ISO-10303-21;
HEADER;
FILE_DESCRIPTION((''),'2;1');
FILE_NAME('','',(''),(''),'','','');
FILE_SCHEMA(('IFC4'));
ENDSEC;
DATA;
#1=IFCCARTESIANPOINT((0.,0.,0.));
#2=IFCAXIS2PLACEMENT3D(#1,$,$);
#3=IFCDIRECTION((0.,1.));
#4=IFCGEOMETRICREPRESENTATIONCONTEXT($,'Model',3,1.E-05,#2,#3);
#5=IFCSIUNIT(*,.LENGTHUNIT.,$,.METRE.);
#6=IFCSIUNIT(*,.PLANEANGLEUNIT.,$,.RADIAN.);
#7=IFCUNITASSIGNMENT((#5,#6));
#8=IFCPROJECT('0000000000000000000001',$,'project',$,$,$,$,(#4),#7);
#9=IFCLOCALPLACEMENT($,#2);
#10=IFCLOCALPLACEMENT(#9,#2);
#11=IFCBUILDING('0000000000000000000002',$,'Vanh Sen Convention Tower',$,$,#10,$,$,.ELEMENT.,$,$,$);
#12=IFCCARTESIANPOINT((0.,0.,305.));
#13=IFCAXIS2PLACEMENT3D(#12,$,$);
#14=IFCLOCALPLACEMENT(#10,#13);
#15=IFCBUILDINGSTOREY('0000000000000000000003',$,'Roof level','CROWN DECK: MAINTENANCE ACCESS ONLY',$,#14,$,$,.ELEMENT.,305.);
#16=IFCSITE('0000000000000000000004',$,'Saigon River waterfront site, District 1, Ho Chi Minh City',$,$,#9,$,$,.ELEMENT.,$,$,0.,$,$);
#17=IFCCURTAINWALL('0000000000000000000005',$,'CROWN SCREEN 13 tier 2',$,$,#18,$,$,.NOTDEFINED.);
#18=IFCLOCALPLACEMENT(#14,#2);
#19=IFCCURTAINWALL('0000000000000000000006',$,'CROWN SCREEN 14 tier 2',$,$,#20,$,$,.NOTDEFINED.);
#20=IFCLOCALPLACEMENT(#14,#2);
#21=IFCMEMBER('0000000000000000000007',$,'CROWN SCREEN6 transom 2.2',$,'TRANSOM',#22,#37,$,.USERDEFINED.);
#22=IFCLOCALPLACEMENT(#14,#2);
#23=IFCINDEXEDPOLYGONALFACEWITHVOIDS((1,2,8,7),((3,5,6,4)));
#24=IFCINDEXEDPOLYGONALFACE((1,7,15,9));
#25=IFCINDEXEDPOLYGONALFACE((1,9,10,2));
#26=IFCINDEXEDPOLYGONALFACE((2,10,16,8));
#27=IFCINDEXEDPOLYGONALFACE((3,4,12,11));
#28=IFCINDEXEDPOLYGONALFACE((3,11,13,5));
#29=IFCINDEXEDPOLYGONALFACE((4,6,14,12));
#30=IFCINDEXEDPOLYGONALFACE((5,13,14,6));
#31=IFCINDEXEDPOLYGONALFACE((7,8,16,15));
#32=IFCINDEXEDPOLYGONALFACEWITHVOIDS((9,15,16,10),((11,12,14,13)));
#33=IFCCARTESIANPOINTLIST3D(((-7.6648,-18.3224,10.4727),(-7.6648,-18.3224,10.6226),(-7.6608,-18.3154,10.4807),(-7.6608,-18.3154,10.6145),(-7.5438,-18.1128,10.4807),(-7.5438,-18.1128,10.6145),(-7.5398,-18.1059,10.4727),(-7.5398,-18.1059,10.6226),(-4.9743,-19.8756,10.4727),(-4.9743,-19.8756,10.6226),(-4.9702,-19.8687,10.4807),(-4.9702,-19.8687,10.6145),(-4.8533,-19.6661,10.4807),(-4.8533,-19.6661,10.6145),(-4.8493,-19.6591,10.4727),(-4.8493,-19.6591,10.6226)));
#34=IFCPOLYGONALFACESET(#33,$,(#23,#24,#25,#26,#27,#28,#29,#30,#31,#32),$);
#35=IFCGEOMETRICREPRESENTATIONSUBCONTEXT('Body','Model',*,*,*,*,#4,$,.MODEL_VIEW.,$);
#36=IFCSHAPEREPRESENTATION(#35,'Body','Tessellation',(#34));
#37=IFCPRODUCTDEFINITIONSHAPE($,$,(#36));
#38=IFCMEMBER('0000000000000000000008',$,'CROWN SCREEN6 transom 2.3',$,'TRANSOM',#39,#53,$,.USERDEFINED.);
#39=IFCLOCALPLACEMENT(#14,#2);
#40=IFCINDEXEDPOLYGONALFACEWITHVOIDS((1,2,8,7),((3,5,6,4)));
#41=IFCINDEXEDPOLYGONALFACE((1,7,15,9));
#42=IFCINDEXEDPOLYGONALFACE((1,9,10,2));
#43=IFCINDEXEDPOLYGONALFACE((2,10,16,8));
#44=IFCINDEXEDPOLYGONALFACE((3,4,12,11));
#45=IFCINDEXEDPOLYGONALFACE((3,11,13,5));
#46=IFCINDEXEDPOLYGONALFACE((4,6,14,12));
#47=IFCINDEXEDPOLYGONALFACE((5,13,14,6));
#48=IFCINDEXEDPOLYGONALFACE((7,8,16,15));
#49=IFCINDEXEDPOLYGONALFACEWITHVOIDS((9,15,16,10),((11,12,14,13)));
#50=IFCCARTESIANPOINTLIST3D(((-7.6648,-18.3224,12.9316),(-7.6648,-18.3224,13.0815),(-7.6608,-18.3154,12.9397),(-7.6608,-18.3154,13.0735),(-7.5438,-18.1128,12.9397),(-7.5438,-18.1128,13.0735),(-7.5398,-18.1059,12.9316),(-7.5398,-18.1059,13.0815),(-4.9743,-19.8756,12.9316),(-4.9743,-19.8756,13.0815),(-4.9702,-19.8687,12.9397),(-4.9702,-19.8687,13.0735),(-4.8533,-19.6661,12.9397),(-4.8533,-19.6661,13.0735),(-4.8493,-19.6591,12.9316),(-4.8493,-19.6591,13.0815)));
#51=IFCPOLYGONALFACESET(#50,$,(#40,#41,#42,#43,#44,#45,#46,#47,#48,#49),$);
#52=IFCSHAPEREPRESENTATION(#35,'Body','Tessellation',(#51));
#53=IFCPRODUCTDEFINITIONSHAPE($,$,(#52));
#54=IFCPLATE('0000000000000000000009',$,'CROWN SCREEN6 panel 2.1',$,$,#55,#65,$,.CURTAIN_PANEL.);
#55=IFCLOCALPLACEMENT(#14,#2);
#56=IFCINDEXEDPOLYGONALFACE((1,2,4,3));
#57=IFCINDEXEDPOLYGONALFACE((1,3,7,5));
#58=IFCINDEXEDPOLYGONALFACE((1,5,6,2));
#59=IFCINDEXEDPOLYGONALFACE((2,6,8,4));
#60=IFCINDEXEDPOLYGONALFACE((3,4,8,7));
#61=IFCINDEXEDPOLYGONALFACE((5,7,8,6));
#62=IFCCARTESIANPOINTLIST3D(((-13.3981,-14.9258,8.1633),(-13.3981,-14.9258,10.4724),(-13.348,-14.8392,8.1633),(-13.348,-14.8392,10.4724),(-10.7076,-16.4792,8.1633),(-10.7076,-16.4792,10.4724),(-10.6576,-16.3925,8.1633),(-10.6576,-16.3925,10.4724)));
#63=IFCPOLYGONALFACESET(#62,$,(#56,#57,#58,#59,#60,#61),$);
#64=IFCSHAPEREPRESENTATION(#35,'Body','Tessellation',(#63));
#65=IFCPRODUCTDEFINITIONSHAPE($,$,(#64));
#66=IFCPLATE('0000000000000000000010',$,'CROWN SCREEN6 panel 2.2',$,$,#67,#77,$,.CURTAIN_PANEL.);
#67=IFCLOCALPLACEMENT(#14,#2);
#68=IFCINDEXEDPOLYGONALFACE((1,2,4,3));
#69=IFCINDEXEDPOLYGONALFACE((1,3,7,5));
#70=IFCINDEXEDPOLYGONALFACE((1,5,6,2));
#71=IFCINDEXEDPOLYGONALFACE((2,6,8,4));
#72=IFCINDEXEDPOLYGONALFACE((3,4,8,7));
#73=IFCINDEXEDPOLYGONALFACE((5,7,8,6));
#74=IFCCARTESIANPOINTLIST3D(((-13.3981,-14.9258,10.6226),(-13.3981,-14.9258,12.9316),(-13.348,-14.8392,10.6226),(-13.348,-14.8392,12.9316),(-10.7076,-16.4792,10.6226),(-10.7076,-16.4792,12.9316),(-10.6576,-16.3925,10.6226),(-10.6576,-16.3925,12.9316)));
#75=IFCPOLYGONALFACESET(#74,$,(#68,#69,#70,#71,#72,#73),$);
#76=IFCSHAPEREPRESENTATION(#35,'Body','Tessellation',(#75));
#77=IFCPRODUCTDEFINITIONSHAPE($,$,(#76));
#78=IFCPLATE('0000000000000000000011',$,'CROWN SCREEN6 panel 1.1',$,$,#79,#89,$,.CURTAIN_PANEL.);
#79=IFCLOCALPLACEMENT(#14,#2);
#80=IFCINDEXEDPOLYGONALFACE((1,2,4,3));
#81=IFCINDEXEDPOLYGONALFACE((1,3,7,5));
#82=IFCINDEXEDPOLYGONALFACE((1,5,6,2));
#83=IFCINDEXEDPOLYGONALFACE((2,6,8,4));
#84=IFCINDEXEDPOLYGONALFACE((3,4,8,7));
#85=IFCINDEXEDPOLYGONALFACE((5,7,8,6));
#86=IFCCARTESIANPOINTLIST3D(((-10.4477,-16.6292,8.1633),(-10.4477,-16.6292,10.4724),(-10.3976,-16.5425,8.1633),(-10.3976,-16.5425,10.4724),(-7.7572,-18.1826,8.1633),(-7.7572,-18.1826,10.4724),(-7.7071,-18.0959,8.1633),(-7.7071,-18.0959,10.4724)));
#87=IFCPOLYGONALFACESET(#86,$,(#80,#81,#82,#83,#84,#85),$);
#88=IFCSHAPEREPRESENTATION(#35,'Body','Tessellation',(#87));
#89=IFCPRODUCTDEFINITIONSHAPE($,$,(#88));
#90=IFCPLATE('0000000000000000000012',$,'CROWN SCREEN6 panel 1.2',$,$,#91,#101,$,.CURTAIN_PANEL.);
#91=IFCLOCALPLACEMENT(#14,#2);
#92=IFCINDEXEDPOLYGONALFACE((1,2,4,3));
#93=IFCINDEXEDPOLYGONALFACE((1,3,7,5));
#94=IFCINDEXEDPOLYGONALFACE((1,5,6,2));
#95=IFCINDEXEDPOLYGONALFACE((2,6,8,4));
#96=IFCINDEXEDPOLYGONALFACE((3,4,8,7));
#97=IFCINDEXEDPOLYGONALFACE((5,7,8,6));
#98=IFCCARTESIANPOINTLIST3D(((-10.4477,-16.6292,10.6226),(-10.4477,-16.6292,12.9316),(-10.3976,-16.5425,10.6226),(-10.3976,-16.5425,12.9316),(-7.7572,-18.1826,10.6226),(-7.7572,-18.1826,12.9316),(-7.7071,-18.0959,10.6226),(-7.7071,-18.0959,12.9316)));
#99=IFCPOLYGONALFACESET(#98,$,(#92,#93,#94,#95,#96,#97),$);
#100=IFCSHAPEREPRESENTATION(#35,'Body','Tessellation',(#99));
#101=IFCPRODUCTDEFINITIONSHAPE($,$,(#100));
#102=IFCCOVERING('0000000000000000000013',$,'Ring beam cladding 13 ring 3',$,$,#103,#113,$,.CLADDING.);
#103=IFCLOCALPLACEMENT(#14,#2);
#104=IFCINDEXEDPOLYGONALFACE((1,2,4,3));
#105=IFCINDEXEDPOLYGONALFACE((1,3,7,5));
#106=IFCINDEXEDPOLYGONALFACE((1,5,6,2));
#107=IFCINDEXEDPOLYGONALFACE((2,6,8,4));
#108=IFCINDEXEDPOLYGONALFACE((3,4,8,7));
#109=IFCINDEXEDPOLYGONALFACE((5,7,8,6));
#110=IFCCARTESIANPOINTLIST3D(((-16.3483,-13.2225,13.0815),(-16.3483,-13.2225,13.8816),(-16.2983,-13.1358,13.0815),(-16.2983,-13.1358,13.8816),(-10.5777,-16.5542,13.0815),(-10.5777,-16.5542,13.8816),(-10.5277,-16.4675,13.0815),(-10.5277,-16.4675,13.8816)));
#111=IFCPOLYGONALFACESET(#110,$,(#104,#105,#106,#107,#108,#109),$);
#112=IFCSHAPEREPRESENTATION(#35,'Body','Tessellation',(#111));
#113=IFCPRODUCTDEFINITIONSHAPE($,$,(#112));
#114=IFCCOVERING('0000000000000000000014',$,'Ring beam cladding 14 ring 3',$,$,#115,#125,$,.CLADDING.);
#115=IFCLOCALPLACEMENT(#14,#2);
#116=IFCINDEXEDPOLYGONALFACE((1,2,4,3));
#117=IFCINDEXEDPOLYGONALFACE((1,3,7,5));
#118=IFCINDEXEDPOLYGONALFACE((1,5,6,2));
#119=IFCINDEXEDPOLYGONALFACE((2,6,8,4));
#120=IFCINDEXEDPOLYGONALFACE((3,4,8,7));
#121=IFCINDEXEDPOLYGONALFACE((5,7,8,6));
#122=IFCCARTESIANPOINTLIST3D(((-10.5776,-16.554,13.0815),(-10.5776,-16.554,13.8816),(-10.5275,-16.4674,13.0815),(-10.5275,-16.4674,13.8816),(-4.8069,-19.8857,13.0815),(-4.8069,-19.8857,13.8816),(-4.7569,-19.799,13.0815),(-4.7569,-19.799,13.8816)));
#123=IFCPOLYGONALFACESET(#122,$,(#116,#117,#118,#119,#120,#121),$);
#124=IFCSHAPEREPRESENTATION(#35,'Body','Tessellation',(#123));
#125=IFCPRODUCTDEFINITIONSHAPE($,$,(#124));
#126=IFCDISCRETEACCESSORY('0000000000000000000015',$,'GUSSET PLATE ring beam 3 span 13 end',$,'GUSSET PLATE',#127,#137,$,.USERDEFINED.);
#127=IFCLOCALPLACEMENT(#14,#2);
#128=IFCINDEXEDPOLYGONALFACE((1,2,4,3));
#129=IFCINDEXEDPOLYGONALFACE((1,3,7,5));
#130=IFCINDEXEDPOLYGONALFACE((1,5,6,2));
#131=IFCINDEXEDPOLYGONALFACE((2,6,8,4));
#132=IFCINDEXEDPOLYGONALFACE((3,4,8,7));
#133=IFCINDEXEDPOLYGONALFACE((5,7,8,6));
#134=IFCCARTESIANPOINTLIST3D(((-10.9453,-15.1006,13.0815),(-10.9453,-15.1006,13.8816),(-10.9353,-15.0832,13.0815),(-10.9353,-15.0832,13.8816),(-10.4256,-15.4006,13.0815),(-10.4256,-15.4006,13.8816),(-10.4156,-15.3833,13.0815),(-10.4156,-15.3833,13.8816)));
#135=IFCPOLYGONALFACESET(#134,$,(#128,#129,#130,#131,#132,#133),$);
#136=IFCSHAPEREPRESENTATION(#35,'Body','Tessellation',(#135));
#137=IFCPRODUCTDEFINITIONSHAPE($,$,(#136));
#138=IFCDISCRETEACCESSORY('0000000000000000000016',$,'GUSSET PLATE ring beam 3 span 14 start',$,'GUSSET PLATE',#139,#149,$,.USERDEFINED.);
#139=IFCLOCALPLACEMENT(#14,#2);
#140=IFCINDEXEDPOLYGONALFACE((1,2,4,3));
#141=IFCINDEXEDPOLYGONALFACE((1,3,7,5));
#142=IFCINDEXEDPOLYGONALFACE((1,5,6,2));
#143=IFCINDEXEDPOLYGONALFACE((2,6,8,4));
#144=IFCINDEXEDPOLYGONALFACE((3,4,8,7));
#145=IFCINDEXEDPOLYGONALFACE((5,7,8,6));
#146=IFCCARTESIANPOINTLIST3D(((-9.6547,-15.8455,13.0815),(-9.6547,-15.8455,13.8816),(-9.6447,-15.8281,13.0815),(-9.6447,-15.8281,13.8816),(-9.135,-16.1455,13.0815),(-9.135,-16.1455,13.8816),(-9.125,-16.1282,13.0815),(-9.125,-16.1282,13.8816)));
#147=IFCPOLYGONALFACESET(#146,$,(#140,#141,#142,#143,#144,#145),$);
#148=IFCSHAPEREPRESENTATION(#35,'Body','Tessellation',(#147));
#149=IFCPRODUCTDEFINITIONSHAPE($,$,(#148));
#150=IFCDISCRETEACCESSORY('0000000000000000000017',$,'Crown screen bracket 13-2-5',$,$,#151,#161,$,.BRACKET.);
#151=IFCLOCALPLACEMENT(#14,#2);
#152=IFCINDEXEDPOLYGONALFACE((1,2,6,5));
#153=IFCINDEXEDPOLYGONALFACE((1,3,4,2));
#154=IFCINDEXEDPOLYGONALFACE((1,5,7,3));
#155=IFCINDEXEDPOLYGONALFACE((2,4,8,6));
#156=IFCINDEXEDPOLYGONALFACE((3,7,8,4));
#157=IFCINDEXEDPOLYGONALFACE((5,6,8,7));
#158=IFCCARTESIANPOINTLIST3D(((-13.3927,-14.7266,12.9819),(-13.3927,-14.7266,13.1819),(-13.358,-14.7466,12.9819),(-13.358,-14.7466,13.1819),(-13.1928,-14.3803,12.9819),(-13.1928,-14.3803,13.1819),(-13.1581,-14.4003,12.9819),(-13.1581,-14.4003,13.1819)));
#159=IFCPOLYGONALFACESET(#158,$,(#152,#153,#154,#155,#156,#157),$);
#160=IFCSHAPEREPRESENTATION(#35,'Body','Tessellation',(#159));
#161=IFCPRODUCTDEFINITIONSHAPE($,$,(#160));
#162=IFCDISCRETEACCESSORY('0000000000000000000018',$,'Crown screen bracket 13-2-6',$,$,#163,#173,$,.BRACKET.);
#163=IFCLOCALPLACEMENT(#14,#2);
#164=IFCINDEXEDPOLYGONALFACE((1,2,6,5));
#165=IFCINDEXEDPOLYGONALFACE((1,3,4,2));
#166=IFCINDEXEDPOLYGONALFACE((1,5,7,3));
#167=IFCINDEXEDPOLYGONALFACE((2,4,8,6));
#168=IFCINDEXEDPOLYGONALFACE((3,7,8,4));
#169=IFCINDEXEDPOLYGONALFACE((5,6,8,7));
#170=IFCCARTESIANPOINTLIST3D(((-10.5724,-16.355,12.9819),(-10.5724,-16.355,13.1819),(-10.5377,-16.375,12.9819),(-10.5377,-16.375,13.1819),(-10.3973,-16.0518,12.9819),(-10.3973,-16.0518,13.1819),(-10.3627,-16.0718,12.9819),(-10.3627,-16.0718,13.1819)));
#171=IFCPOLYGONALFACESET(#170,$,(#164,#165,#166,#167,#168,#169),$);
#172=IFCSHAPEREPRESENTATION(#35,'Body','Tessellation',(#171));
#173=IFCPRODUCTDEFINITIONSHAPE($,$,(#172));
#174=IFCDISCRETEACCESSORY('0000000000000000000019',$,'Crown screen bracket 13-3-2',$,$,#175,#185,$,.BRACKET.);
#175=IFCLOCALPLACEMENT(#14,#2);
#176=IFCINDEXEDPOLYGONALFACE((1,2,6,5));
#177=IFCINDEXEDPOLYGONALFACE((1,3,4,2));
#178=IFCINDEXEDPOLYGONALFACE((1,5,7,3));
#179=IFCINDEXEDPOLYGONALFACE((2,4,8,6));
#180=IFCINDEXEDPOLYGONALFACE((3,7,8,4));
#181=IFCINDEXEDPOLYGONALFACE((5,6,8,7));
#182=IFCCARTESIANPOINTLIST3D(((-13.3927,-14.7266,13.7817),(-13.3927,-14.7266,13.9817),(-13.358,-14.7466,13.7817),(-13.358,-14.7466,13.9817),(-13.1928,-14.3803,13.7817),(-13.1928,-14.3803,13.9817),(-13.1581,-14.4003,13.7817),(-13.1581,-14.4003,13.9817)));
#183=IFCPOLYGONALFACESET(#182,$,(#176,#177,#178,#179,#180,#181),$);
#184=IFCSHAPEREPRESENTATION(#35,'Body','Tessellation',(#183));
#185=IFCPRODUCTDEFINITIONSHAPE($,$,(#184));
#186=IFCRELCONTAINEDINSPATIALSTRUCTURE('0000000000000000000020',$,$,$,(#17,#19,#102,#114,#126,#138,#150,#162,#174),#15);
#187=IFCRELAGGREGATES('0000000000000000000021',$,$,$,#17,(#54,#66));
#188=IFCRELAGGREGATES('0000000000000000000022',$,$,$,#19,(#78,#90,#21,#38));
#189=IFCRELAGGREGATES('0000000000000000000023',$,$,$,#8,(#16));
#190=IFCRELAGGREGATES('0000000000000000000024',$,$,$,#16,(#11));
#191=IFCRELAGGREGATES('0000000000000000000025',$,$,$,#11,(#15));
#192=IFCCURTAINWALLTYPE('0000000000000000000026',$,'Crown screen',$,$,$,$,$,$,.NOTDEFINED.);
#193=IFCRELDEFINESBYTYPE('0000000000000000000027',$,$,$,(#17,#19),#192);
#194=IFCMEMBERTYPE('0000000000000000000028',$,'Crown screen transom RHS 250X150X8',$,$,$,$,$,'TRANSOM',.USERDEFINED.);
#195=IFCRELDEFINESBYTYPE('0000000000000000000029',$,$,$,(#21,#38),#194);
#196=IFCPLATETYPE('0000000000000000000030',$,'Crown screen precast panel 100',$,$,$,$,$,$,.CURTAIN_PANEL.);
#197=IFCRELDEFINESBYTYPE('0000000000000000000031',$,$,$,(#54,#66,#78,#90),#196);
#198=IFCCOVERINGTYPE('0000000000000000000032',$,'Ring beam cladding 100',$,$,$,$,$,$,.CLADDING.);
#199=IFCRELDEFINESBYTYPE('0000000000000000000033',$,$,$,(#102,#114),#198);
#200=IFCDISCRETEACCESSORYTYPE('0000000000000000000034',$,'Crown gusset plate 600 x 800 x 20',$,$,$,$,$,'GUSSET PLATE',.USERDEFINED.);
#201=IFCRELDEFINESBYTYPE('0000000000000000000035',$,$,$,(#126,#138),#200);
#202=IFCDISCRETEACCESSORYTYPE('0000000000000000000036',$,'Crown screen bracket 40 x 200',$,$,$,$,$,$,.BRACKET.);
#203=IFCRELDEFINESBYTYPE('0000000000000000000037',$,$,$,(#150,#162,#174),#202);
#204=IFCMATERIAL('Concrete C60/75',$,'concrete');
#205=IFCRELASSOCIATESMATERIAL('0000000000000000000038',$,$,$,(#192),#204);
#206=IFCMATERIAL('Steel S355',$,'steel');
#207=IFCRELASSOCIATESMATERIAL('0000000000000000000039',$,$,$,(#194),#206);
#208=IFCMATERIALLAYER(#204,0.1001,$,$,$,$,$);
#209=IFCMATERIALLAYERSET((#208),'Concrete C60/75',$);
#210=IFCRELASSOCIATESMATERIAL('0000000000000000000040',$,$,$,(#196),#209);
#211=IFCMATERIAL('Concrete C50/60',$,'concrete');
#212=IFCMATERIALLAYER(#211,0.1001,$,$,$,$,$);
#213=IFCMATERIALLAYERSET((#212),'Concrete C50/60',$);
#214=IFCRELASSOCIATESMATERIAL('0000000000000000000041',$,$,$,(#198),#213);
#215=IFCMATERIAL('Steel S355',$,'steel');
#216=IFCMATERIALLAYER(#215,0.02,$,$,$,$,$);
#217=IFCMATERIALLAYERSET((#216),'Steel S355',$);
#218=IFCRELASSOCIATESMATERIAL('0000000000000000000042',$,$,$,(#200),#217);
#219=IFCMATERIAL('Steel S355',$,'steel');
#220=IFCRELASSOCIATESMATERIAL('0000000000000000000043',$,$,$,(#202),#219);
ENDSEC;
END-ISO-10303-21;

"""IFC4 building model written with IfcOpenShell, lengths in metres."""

from ifc_helpers import new_model, si_unit, direction, frame, origin, origin_2d, place, context, subcontext, project, spatial, rectangle, hollow_rectangle, extrude, material, layer, layer_set, material_profile, profile_set, type_object, element, aggregate, save


model = new_model("IFC4")

# Units and contexts
model_context = context("Model", 3, precision=1e-05, world=origin(), true_north=direction((0.0, 1.0)))
body_context = subcontext(model_context, "Body", "Model", "MODEL_VIEW")
ifc_project = project(units=[si_unit("LENGTHUNIT", "METRE"), si_unit("PLANEANGLEUNIT", "RADIAN")], contexts=[model_context])

# Site, building, storey
site_placement = place(None, origin())
site = spatial("IfcSite", under=ifc_project, at=site_placement, Name="Saigon River waterfront site, District 1, Ho Chi Minh City", CompositionType="ELEMENT", RefElevation=0.0)
building_placement = place(site_placement, origin())
building = spatial("IfcBuilding", under=site, at=building_placement, Name="Vanh Sen Convention Tower", CompositionType="ELEMENT")
storey_placement = place(building_placement, frame((0.0, 0.0, 305.0)))
storey = spatial("IfcBuildingStorey", under=building, at=storey_placement, Name="Roof level", Description="CROWN DECK: MAINTENANCE ACCESS ONLY", CompositionType="ELEMENT", Elevation=305.0)

# Shared definitions
ifc_material_1 = material(Name="Concrete C60/75", Category="concrete")
curtain_wall_type = type_object("IfcCurtainWallType", Name="Crown screen", PredefinedType="NOTDEFINED", material=ifc_material_1)
ifc_material_2 = material(Name="Steel S355", Category="steel")

# Curtain walls, members
curtain_wall_1_placement = place(storey_placement, origin())
curtain_wall_1 = element("IfcCurtainWall", 1, at=curtain_wall_1_placement, inside=storey, type_object=curtain_wall_type, Name="CROWN SCREEN 13 tier 2", PredefinedType="NOTDEFINED")
ifc_material_profile_1 = material_profile(ifc_material_2, hollow_rectangle(XDim=0.25, YDim=0.1499, WallThickness=0.0081, at=origin_2d()), Name="RHS 250X150X8")
ifc_profile_set_1 = profile_set([ifc_material_profile_1], Name="Steel S355")
member_type_1 = type_object("IfcMemberType", Name="Crown screen transom RHS 250X150X8", ElementType="TRANSOM", PredefinedType="USERDEFINED", material=ifc_profile_set_1)
curtain_wall_2_placement = place(storey_placement, origin())
curtain_wall_2 = element("IfcCurtainWall", 2, at=curtain_wall_2_placement, inside=storey, type_object=curtain_wall_type, Name="CROWN SCREEN 14 tier 2", PredefinedType="NOTDEFINED")
member_1_placement = place(storey_placement, frame((-7.6023, -18.2141, 10.5476), z_axis=(0.866039, -0.499976, 0.0), x_axis=(0.499976, 0.866039, 0.0)))
member_1 = element("IfcMember", 3, at=member_1_placement, type_object=member_type_1, Name="CROWN SCREEN6 transom 2.2", ObjectType="TRANSOM", PredefinedType="USERDEFINED", context=body_context, shape_type="SweptSolid", body=[
    extrude(hollow_rectangle(XDim=0.25, YDim=0.1499, WallThickness=0.0081, at=origin_2d()), origin(), (0.0, 0.0, 1.0), 3.1067),
])
member_2_placement = place(storey_placement, frame((-7.6023, -18.2141, 13.0066), z_axis=(0.866039, -0.499976, 0.0), x_axis=(0.499976, 0.866039, 0.0)))
member_2 = element("IfcMember", 4, at=member_2_placement, type_object=member_type_1, Name="CROWN SCREEN6 transom 2.3", ObjectType="TRANSOM", PredefinedType="USERDEFINED", context=body_context, shape_type="SweptSolid", body=[
    extrude(hollow_rectangle(XDim=0.25, YDim=0.1499, WallThickness=0.0081, at=origin_2d()), origin(), (0.0, 0.0, 1.0), 3.1067),
])

# Plates
ifc_layer_1 = layer(ifc_material_1, 0.1001)
ifc_layer_set_1 = layer_set([ifc_layer_1], Name="Concrete C60/75")
plate_type = type_object("IfcPlateType", Name="Crown screen precast panel 100", PredefinedType="CURTAIN_PANEL", material=ifc_layer_set_1)
plate_1_placement = place(storey_placement, frame((-12.0278, -15.6592, 8.1633), z_axis=(0.0, 0.0, 1.0), x_axis=(0.866023, -0.500005, 0.0)))
plate_1 = element("IfcPlate", 5, at=plate_1_placement, type_object=plate_type, Name="CROWN SCREEN6 panel 2.1", PredefinedType="CURTAIN_PANEL", context=body_context, shape_type="SweptSolid", body=[
    extrude(rectangle(XDim=3.1067, YDim=0.1001, at=origin_2d()), origin(), (0.0, 0.0, 1.0), 2.3091),
])
plate_2_placement = place(storey_placement, frame((-12.0278, -15.6592, 10.6226), z_axis=(0.0, 0.0, 1.0), x_axis=(0.866023, -0.500005, 0.0)))
plate_2 = element("IfcPlate", 6, at=plate_2_placement, type_object=plate_type, Name="CROWN SCREEN6 panel 2.2", PredefinedType="CURTAIN_PANEL", context=body_context, shape_type="SweptSolid", body=[
    extrude(rectangle(XDim=3.1067, YDim=0.1001, at=origin_2d()), origin(), (0.0, 0.0, 1.0), 2.3091),
])
aggregate(curtain_wall_1, [plate_1, plate_2])
plate_3_placement = place(storey_placement, frame((-9.0774, -17.3625, 8.1633), z_axis=(0.0, 0.0, 1.0), x_axis=(0.866029, -0.499994, 0.0)))
plate_3 = element("IfcPlate", 7, at=plate_3_placement, type_object=plate_type, Name="CROWN SCREEN6 panel 1.1", PredefinedType="CURTAIN_PANEL", context=body_context, shape_type="SweptSolid", body=[
    extrude(rectangle(XDim=3.1067, YDim=0.1001, at=origin_2d()), origin(), (0.0, 0.0, 1.0), 2.3091),
])
plate_4_placement = place(storey_placement, frame((-9.0774, -17.3625, 10.6226), z_axis=(0.0, 0.0, 1.0), x_axis=(0.866029, -0.499994, 0.0)))
plate_4 = element("IfcPlate", 8, at=plate_4_placement, type_object=plate_type, Name="CROWN SCREEN6 panel 1.2", PredefinedType="CURTAIN_PANEL", context=body_context, shape_type="SweptSolid", body=[
    extrude(rectangle(XDim=3.1067, YDim=0.1001, at=origin_2d()), origin(), (0.0, 0.0, 1.0), 2.3091),
])
aggregate(curtain_wall_2, [plate_3, plate_4, member_1, member_2])

# Coverings
ifc_material_3 = material(Name="Concrete C50/60", Category="concrete")
ifc_layer_2 = layer(ifc_material_3, 0.1001)
ifc_layer_set_2 = layer_set([ifc_layer_2], Name="Concrete C50/60")
covering_type = type_object("IfcCoveringType", Name="Ring beam cladding 100", PredefinedType="CLADDING", material=ifc_layer_set_2)
for number, where, z_axis, x_axis, name in (
    (9, (-13.438, -14.845, 13.0815), (0.0, 0.0, 1.0), (0.866023, -0.500005, 0.0), "Ring beam cladding 13 ring 3"),
    (10, (-7.6672, -18.1765, 13.0815), (0.0, 0.0, 1.0), (0.866029, -0.499994, 0.0), "Ring beam cladding 14 ring 3"),
):
    element("IfcCovering", number, at=place(storey_placement, frame(where, z_axis=z_axis, x_axis=x_axis)), inside=storey, type_object=covering_type, Name=name, PredefinedType="CLADDING", context=body_context, shape_type="SweptSolid", body=[
        extrude(rectangle(XDim=6.6633, YDim=0.1001, at=origin_2d()), origin(), (0.0, 0.0, 1.0), 0.8),
    ])

# Discrete accessories
ifc_material_4 = material(Name="Steel S355", Category="steel")
ifc_layer_3 = layer(ifc_material_4, 0.02)
ifc_layer_set_3 = layer_set([ifc_layer_3], Name="Steel S355")
discrete_accessory_type_1 = type_object("IfcDiscreteAccessoryType", Name="Crown gusset plate 600 x 800 x 20", ElementType="GUSSET PLATE", PredefinedType="USERDEFINED", material=ifc_layer_set_3)
for number, where, z_axis, x_axis, name in (
    (11, (-10.6804, -15.2419, 13.0815), (0.0, 0.0, 1.0), (-0.866023, 0.500005, 0.0), "GUSSET PLATE ring beam 3 span 13 end"),
    (12, (-9.3899, -15.9868, 13.0815), (0.0, 0.0, 1.0), (0.866029, -0.499994, 0.0), "GUSSET PLATE ring beam 3 span 14 start"),
):
    element("IfcDiscreteAccessory", number, at=place(storey_placement, frame(where, z_axis=z_axis, x_axis=x_axis)), inside=storey, type_object=discrete_accessory_type_1, Name=name, ObjectType="GUSSET PLATE", PredefinedType="USERDEFINED", context=body_context, shape_type="SweptSolid", body=[
        extrude(rectangle(XDim=0.6001, YDim=0.02, at=origin_2d()), origin(), (0.0, 0.0, 1.0), 0.8),
    ])
ifc_material_5 = material(Name="Steel S355", Category="steel")
discrete_accessory_type_2 = type_object("IfcDiscreteAccessoryType", Name="Crown screen bracket 40 x 200", PredefinedType="BRACKET", material=ifc_material_5)
discrete_accessory_1_placement = place(storey_placement, frame((-13.2754, -14.5635, 12.9819), z_axis=(0.0, 0.0, 1.0), x_axis=(-0.500005, -0.866023, 0.0)))
element("IfcDiscreteAccessory", 13, at=discrete_accessory_1_placement, inside=storey, type_object=discrete_accessory_type_2, Name="Crown screen bracket 13-2-5", PredefinedType="BRACKET", context=body_context, shape_type="SweptSolid", body=[
    extrude(rectangle(XDim=0.3999, YDim=0.04, at=origin_2d()), origin(), (0.0, 0.0, 1.0), 0.2),
])
discrete_accessory_2_placement = place(storey_placement, frame((-10.4675, -16.2134, 12.9819), z_axis=(0.0, 0.0, 1.0), x_axis=(-0.500005, -0.866023, 0.0)))
element("IfcDiscreteAccessory", 14, at=discrete_accessory_2_placement, inside=storey, type_object=discrete_accessory_type_2, Name="Crown screen bracket 13-2-6", PredefinedType="BRACKET", context=body_context, shape_type="SweptSolid", body=[
    extrude(rectangle(XDim=0.3501, YDim=0.04, at=origin_2d()), origin(), (0.0, 0.0, 1.0), 0.2),
])
discrete_accessory_3_placement = place(storey_placement, frame((-13.2754, -14.5635, 13.7817), z_axis=(0.0, 0.0, 1.0), x_axis=(-0.500005, -0.866023, 0.0)))
element("IfcDiscreteAccessory", 15, at=discrete_accessory_3_placement, inside=storey, type_object=discrete_accessory_type_2, Name="Crown screen bracket 13-3-2", PredefinedType="BRACKET", context=body_context, shape_type="SweptSolid", body=[
    extrude(rectangle(XDim=0.3999, YDim=0.04, at=origin_2d()), origin(), (0.0, 0.0, 1.0), 0.2),
])

save(model, "model.ifc")
